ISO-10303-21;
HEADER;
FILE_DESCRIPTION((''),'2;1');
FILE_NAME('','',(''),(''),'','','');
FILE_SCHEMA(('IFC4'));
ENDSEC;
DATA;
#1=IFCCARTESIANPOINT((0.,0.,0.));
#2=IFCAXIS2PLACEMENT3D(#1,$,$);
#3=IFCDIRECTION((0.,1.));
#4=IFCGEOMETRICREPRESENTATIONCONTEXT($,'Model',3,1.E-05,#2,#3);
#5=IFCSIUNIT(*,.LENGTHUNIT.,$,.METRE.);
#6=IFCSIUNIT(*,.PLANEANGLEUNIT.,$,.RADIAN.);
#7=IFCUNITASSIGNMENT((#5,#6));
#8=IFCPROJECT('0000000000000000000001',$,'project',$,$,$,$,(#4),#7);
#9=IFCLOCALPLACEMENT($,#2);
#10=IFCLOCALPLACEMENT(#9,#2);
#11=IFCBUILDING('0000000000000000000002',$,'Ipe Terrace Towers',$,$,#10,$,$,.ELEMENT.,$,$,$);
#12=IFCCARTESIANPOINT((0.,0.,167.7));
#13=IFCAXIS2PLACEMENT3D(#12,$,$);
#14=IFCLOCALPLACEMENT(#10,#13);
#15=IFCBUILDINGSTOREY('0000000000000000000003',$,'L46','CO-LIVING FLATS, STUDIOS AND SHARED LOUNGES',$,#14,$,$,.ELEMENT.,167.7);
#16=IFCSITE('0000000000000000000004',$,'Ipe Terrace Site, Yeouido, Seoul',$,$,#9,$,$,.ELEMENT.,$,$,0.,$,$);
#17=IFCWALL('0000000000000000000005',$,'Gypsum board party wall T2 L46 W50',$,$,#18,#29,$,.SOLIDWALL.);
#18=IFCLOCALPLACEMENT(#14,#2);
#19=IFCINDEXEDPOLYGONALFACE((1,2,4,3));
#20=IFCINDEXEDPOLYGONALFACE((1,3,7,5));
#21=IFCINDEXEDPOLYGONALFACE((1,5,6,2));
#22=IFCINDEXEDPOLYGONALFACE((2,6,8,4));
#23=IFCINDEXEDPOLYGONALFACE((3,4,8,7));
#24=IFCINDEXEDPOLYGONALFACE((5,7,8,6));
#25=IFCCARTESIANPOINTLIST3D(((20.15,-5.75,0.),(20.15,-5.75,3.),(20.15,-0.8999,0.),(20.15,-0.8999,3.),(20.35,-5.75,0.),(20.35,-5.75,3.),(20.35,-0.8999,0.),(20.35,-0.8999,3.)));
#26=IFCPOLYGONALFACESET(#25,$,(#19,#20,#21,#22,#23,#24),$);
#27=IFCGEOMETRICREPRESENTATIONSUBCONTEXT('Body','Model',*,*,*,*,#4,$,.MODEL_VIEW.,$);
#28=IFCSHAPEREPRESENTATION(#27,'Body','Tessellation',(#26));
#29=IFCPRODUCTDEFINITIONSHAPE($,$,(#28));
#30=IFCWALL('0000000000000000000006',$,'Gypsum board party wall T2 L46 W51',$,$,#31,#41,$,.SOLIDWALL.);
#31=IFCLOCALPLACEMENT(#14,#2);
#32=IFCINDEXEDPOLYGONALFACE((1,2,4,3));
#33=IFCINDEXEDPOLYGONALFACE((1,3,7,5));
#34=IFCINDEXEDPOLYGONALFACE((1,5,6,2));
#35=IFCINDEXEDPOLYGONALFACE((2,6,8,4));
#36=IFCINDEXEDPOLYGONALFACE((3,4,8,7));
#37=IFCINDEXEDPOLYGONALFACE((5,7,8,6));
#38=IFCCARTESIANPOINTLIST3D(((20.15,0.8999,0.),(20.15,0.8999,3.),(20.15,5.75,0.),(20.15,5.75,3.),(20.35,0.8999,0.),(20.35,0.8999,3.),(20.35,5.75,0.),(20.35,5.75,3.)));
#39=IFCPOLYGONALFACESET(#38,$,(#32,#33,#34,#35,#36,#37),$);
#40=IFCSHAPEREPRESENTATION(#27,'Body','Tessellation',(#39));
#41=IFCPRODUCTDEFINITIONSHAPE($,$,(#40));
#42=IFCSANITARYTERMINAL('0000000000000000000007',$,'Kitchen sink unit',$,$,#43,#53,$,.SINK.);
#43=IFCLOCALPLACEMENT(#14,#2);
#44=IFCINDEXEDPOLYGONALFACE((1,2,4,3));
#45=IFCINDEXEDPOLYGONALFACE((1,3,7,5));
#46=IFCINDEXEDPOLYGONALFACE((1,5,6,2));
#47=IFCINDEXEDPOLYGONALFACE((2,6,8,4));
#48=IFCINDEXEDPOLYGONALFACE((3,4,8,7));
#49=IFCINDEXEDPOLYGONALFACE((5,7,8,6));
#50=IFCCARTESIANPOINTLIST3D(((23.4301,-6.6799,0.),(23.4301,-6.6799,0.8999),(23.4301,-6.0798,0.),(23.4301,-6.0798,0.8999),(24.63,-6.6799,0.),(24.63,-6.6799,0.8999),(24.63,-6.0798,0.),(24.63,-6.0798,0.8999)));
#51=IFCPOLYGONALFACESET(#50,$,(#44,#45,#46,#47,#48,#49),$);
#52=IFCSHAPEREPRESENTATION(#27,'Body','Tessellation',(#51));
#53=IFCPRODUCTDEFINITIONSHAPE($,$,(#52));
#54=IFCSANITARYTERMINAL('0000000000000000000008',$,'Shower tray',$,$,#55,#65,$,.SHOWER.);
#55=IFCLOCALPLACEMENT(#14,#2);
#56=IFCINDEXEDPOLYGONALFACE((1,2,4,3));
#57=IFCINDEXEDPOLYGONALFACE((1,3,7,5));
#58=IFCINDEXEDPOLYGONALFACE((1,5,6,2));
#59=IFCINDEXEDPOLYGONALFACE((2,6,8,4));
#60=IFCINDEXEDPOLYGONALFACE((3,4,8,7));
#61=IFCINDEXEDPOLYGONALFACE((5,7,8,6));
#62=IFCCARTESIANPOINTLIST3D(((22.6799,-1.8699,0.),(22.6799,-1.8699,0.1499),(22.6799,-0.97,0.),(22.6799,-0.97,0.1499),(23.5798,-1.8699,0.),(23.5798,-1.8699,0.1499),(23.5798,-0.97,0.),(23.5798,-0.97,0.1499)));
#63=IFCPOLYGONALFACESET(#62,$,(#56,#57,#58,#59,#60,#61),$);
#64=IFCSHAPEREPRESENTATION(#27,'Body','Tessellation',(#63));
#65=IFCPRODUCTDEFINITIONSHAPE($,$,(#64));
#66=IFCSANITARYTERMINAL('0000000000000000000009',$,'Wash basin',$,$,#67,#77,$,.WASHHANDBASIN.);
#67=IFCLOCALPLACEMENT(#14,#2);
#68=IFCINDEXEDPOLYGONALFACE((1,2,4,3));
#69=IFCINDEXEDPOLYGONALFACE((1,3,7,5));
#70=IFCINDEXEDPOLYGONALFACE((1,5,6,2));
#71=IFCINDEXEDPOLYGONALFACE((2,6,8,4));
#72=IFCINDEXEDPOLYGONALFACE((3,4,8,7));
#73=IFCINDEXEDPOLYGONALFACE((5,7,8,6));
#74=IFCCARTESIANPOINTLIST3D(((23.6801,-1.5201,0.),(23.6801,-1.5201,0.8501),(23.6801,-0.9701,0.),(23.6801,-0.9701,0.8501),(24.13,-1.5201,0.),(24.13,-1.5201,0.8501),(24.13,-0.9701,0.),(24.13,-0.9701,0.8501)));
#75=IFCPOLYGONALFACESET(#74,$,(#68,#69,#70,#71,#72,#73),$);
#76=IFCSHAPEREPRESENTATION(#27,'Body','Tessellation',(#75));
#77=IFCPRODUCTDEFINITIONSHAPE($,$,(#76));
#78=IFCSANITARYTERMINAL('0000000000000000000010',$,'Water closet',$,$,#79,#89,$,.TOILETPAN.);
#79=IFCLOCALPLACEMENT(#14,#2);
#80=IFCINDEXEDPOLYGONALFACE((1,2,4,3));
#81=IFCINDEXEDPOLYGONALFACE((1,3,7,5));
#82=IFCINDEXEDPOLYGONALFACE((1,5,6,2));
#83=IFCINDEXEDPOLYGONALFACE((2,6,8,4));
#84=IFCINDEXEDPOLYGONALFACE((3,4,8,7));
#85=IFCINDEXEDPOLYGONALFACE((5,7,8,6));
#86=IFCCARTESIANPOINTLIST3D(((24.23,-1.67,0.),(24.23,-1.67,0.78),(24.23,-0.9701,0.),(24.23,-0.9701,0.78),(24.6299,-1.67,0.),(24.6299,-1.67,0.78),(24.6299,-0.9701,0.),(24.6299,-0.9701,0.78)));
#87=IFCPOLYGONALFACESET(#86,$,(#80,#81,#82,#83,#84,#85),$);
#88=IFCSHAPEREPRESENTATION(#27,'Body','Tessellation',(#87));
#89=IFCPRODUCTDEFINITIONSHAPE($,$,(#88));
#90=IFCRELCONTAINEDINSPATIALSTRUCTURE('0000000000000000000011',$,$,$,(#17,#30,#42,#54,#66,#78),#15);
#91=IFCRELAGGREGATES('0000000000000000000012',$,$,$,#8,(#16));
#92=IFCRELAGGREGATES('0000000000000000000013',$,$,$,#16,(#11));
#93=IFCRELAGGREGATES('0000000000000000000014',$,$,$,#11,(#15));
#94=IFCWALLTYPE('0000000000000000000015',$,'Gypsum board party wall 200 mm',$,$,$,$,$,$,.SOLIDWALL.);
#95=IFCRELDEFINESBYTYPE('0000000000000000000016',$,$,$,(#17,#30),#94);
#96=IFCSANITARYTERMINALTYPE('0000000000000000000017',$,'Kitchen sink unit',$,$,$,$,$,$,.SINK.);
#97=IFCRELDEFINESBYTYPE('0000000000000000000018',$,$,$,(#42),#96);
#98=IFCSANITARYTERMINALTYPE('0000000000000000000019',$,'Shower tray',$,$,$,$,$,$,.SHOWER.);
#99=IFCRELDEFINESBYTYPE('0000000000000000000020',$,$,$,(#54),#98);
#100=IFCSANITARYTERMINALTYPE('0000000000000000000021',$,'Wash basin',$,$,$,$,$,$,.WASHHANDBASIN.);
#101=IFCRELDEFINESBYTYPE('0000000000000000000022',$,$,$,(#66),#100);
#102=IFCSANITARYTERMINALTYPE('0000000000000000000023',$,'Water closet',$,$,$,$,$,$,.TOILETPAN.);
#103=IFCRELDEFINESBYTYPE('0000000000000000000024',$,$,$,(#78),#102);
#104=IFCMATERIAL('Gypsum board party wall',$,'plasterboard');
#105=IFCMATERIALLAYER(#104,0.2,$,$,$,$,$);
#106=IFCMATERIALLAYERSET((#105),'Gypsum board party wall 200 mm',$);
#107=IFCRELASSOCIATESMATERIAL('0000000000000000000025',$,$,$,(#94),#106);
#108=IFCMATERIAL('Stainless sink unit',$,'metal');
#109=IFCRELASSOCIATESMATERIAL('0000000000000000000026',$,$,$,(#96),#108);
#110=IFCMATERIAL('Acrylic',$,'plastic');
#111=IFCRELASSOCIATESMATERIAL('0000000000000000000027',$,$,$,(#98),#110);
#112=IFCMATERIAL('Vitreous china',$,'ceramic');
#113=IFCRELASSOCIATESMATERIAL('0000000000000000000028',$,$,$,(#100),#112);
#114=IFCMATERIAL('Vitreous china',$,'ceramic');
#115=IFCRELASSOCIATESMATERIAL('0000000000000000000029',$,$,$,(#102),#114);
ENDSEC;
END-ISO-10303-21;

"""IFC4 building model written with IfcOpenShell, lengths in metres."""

from ifc_helpers import new_model, si_unit, direction, frame, frame_2d, origin, origin_2d, place, context, subcontext, project, spatial, rectangle, extrude, material, layer, layer_set, type_object, element, save


model = new_model("IFC4")

# Units and contexts
model_context = context("Model", 3, precision=1e-05, world=origin(), true_north=direction((0.0, 1.0)))
body_context = subcontext(model_context, "Body", "Model", "MODEL_VIEW")
ifc_project = project(units=[si_unit("LENGTHUNIT", "METRE"), si_unit("PLANEANGLEUNIT", "RADIAN")], contexts=[model_context])

# Site, building, storey
site_placement = place(None, origin())
site = spatial("IfcSite", under=ifc_project, at=site_placement, Name="Ipe Terrace Site, Yeouido, Seoul", CompositionType="ELEMENT", RefElevation=0.0)
building_placement = place(site_placement, origin())
building = spatial("IfcBuilding", under=site, at=building_placement, Name="Ipe Terrace Towers", CompositionType="ELEMENT")
storey_placement = place(building_placement, frame((0.0, 0.0, 167.7)))
storey = spatial("IfcBuildingStorey", under=building, at=storey_placement, Name="L46", Description="CO-LIVING FLATS, STUDIOS AND SHARED LOUNGES", CompositionType="ELEMENT", Elevation=167.7)

# Walls
ifc_material_1 = material(Name="Gypsum board party wall", Category="plasterboard")
ifc_layer_1 = layer(ifc_material_1, 0.2)
ifc_layer_set_1 = layer_set([ifc_layer_1], Name="Gypsum board party wall 200 mm")
wall_type_1 = type_object("IfcWallType", Name="Gypsum board party wall 200 mm", PredefinedType="SOLIDWALL", material=ifc_layer_set_1)
for number, where, z_axis, x_axis, name in (
    (1, (20.25, -5.75, 0.0), (0.0, 0.0, 1.0), (0.0, 1.0, 0.0), "Gypsum board party wall T2 L46 W50"),
    (2, (20.25, 0.8999, 0.0), (0.0, 0.0, 1.0), (0.0, 1.0, 0.0), "Gypsum board party wall T2 L46 W51"),
):
    element("IfcWall", number, at=place(storey_placement, frame(where, z_axis=z_axis, x_axis=x_axis)), inside=storey, type_object=wall_type_1, Name=name, PredefinedType="SOLIDWALL", context=body_context, shape_type="SweptSolid", body=[
        extrude(rectangle(XDim=4.8501, YDim=0.2, at=frame_2d((2.425, 0.0))), origin(), (0.0, 0.0, 1.0), 3.0),
    ])

# Sanitary terminals
ifc_material_2 = material(Name="Stainless sink unit", Category="metal")
sanitary_terminal_type_1 = type_object("IfcSanitaryTerminalType", Name="Kitchen sink unit", PredefinedType="SINK", material=ifc_material_2)
sanitary_terminal_1_placement = place(storey_placement, frame((24.03, -6.3799, 0.0), z_axis=(0.0, 0.0, 1.0), x_axis=(-1.0, 0.0, 0.0)))
element("IfcSanitaryTerminal", 3, at=sanitary_terminal_1_placement, inside=storey, type_object=sanitary_terminal_type_1, Name="Kitchen sink unit", PredefinedType="SINK", context=body_context, shape_type="SweptSolid", body=[
    extrude(rectangle(XDim=1.2, YDim=0.6001, at=origin_2d()), origin(), (0.0, 0.0, 1.0), 0.8999),
])
ifc_material_3 = material(Name="Acrylic", Category="plastic")
sanitary_terminal_type_2 = type_object("IfcSanitaryTerminalType", Name="Shower tray", PredefinedType="SHOWER", material=ifc_material_3)
sanitary_terminal_2_placement = place(storey_placement, frame((23.1299, -1.4199, 0.0), z_axis=(0.0, 0.0, 1.0), x_axis=(0.0, -1.0, 0.0)))
element("IfcSanitaryTerminal", 4, at=sanitary_terminal_2_placement, inside=storey, type_object=sanitary_terminal_type_2, Name="Shower tray", PredefinedType="SHOWER", context=body_context, shape_type="SweptSolid", body=[
    extrude(rectangle(XDim=0.8999, YDim=0.8999, at=origin_2d()), origin(), (0.0, 0.0, 1.0), 0.1499),
])
ifc_material_4 = material(Name="Vitreous china", Category="ceramic")
sanitary_terminal_type_3 = type_object("IfcSanitaryTerminalType", Name="Wash basin", PredefinedType="WASHHANDBASIN", material=ifc_material_4)
sanitary_terminal_3_placement = place(storey_placement, frame((23.905, -1.2451, 0.0), z_axis=(0.0, 0.0, 1.0), x_axis=(0.0, -1.0, 0.0)))
element("IfcSanitaryTerminal", 5, at=sanitary_terminal_3_placement, inside=storey, type_object=sanitary_terminal_type_3, Name="Wash basin", PredefinedType="WASHHANDBASIN", context=body_context, shape_type="SweptSolid", body=[
    extrude(rectangle(XDim=0.55, YDim=0.45, at=origin_2d()), origin(), (0.0, 0.0, 1.0), 0.8501),
])
ifc_material_5 = material(Name="Vitreous china", Category="ceramic")
sanitary_terminal_type_4 = type_object("IfcSanitaryTerminalType", Name="Water closet", PredefinedType="TOILETPAN", material=ifc_material_5)
sanitary_terminal_4_placement = place(storey_placement, frame((24.4299, -1.3201, 0.0), z_axis=(0.0, 0.0, 1.0), x_axis=(0.0, -1.0, 0.0)))
element("IfcSanitaryTerminal", 6, at=sanitary_terminal_4_placement, inside=storey, type_object=sanitary_terminal_type_4, Name="Water closet", PredefinedType="TOILETPAN", context=body_context, shape_type="SweptSolid", body=[
    extrude(rectangle(XDim=0.7, YDim=0.3999, at=origin_2d()), origin(), (0.0, 0.0, 1.0), 0.78),
])

save(model, "model.ifc")
